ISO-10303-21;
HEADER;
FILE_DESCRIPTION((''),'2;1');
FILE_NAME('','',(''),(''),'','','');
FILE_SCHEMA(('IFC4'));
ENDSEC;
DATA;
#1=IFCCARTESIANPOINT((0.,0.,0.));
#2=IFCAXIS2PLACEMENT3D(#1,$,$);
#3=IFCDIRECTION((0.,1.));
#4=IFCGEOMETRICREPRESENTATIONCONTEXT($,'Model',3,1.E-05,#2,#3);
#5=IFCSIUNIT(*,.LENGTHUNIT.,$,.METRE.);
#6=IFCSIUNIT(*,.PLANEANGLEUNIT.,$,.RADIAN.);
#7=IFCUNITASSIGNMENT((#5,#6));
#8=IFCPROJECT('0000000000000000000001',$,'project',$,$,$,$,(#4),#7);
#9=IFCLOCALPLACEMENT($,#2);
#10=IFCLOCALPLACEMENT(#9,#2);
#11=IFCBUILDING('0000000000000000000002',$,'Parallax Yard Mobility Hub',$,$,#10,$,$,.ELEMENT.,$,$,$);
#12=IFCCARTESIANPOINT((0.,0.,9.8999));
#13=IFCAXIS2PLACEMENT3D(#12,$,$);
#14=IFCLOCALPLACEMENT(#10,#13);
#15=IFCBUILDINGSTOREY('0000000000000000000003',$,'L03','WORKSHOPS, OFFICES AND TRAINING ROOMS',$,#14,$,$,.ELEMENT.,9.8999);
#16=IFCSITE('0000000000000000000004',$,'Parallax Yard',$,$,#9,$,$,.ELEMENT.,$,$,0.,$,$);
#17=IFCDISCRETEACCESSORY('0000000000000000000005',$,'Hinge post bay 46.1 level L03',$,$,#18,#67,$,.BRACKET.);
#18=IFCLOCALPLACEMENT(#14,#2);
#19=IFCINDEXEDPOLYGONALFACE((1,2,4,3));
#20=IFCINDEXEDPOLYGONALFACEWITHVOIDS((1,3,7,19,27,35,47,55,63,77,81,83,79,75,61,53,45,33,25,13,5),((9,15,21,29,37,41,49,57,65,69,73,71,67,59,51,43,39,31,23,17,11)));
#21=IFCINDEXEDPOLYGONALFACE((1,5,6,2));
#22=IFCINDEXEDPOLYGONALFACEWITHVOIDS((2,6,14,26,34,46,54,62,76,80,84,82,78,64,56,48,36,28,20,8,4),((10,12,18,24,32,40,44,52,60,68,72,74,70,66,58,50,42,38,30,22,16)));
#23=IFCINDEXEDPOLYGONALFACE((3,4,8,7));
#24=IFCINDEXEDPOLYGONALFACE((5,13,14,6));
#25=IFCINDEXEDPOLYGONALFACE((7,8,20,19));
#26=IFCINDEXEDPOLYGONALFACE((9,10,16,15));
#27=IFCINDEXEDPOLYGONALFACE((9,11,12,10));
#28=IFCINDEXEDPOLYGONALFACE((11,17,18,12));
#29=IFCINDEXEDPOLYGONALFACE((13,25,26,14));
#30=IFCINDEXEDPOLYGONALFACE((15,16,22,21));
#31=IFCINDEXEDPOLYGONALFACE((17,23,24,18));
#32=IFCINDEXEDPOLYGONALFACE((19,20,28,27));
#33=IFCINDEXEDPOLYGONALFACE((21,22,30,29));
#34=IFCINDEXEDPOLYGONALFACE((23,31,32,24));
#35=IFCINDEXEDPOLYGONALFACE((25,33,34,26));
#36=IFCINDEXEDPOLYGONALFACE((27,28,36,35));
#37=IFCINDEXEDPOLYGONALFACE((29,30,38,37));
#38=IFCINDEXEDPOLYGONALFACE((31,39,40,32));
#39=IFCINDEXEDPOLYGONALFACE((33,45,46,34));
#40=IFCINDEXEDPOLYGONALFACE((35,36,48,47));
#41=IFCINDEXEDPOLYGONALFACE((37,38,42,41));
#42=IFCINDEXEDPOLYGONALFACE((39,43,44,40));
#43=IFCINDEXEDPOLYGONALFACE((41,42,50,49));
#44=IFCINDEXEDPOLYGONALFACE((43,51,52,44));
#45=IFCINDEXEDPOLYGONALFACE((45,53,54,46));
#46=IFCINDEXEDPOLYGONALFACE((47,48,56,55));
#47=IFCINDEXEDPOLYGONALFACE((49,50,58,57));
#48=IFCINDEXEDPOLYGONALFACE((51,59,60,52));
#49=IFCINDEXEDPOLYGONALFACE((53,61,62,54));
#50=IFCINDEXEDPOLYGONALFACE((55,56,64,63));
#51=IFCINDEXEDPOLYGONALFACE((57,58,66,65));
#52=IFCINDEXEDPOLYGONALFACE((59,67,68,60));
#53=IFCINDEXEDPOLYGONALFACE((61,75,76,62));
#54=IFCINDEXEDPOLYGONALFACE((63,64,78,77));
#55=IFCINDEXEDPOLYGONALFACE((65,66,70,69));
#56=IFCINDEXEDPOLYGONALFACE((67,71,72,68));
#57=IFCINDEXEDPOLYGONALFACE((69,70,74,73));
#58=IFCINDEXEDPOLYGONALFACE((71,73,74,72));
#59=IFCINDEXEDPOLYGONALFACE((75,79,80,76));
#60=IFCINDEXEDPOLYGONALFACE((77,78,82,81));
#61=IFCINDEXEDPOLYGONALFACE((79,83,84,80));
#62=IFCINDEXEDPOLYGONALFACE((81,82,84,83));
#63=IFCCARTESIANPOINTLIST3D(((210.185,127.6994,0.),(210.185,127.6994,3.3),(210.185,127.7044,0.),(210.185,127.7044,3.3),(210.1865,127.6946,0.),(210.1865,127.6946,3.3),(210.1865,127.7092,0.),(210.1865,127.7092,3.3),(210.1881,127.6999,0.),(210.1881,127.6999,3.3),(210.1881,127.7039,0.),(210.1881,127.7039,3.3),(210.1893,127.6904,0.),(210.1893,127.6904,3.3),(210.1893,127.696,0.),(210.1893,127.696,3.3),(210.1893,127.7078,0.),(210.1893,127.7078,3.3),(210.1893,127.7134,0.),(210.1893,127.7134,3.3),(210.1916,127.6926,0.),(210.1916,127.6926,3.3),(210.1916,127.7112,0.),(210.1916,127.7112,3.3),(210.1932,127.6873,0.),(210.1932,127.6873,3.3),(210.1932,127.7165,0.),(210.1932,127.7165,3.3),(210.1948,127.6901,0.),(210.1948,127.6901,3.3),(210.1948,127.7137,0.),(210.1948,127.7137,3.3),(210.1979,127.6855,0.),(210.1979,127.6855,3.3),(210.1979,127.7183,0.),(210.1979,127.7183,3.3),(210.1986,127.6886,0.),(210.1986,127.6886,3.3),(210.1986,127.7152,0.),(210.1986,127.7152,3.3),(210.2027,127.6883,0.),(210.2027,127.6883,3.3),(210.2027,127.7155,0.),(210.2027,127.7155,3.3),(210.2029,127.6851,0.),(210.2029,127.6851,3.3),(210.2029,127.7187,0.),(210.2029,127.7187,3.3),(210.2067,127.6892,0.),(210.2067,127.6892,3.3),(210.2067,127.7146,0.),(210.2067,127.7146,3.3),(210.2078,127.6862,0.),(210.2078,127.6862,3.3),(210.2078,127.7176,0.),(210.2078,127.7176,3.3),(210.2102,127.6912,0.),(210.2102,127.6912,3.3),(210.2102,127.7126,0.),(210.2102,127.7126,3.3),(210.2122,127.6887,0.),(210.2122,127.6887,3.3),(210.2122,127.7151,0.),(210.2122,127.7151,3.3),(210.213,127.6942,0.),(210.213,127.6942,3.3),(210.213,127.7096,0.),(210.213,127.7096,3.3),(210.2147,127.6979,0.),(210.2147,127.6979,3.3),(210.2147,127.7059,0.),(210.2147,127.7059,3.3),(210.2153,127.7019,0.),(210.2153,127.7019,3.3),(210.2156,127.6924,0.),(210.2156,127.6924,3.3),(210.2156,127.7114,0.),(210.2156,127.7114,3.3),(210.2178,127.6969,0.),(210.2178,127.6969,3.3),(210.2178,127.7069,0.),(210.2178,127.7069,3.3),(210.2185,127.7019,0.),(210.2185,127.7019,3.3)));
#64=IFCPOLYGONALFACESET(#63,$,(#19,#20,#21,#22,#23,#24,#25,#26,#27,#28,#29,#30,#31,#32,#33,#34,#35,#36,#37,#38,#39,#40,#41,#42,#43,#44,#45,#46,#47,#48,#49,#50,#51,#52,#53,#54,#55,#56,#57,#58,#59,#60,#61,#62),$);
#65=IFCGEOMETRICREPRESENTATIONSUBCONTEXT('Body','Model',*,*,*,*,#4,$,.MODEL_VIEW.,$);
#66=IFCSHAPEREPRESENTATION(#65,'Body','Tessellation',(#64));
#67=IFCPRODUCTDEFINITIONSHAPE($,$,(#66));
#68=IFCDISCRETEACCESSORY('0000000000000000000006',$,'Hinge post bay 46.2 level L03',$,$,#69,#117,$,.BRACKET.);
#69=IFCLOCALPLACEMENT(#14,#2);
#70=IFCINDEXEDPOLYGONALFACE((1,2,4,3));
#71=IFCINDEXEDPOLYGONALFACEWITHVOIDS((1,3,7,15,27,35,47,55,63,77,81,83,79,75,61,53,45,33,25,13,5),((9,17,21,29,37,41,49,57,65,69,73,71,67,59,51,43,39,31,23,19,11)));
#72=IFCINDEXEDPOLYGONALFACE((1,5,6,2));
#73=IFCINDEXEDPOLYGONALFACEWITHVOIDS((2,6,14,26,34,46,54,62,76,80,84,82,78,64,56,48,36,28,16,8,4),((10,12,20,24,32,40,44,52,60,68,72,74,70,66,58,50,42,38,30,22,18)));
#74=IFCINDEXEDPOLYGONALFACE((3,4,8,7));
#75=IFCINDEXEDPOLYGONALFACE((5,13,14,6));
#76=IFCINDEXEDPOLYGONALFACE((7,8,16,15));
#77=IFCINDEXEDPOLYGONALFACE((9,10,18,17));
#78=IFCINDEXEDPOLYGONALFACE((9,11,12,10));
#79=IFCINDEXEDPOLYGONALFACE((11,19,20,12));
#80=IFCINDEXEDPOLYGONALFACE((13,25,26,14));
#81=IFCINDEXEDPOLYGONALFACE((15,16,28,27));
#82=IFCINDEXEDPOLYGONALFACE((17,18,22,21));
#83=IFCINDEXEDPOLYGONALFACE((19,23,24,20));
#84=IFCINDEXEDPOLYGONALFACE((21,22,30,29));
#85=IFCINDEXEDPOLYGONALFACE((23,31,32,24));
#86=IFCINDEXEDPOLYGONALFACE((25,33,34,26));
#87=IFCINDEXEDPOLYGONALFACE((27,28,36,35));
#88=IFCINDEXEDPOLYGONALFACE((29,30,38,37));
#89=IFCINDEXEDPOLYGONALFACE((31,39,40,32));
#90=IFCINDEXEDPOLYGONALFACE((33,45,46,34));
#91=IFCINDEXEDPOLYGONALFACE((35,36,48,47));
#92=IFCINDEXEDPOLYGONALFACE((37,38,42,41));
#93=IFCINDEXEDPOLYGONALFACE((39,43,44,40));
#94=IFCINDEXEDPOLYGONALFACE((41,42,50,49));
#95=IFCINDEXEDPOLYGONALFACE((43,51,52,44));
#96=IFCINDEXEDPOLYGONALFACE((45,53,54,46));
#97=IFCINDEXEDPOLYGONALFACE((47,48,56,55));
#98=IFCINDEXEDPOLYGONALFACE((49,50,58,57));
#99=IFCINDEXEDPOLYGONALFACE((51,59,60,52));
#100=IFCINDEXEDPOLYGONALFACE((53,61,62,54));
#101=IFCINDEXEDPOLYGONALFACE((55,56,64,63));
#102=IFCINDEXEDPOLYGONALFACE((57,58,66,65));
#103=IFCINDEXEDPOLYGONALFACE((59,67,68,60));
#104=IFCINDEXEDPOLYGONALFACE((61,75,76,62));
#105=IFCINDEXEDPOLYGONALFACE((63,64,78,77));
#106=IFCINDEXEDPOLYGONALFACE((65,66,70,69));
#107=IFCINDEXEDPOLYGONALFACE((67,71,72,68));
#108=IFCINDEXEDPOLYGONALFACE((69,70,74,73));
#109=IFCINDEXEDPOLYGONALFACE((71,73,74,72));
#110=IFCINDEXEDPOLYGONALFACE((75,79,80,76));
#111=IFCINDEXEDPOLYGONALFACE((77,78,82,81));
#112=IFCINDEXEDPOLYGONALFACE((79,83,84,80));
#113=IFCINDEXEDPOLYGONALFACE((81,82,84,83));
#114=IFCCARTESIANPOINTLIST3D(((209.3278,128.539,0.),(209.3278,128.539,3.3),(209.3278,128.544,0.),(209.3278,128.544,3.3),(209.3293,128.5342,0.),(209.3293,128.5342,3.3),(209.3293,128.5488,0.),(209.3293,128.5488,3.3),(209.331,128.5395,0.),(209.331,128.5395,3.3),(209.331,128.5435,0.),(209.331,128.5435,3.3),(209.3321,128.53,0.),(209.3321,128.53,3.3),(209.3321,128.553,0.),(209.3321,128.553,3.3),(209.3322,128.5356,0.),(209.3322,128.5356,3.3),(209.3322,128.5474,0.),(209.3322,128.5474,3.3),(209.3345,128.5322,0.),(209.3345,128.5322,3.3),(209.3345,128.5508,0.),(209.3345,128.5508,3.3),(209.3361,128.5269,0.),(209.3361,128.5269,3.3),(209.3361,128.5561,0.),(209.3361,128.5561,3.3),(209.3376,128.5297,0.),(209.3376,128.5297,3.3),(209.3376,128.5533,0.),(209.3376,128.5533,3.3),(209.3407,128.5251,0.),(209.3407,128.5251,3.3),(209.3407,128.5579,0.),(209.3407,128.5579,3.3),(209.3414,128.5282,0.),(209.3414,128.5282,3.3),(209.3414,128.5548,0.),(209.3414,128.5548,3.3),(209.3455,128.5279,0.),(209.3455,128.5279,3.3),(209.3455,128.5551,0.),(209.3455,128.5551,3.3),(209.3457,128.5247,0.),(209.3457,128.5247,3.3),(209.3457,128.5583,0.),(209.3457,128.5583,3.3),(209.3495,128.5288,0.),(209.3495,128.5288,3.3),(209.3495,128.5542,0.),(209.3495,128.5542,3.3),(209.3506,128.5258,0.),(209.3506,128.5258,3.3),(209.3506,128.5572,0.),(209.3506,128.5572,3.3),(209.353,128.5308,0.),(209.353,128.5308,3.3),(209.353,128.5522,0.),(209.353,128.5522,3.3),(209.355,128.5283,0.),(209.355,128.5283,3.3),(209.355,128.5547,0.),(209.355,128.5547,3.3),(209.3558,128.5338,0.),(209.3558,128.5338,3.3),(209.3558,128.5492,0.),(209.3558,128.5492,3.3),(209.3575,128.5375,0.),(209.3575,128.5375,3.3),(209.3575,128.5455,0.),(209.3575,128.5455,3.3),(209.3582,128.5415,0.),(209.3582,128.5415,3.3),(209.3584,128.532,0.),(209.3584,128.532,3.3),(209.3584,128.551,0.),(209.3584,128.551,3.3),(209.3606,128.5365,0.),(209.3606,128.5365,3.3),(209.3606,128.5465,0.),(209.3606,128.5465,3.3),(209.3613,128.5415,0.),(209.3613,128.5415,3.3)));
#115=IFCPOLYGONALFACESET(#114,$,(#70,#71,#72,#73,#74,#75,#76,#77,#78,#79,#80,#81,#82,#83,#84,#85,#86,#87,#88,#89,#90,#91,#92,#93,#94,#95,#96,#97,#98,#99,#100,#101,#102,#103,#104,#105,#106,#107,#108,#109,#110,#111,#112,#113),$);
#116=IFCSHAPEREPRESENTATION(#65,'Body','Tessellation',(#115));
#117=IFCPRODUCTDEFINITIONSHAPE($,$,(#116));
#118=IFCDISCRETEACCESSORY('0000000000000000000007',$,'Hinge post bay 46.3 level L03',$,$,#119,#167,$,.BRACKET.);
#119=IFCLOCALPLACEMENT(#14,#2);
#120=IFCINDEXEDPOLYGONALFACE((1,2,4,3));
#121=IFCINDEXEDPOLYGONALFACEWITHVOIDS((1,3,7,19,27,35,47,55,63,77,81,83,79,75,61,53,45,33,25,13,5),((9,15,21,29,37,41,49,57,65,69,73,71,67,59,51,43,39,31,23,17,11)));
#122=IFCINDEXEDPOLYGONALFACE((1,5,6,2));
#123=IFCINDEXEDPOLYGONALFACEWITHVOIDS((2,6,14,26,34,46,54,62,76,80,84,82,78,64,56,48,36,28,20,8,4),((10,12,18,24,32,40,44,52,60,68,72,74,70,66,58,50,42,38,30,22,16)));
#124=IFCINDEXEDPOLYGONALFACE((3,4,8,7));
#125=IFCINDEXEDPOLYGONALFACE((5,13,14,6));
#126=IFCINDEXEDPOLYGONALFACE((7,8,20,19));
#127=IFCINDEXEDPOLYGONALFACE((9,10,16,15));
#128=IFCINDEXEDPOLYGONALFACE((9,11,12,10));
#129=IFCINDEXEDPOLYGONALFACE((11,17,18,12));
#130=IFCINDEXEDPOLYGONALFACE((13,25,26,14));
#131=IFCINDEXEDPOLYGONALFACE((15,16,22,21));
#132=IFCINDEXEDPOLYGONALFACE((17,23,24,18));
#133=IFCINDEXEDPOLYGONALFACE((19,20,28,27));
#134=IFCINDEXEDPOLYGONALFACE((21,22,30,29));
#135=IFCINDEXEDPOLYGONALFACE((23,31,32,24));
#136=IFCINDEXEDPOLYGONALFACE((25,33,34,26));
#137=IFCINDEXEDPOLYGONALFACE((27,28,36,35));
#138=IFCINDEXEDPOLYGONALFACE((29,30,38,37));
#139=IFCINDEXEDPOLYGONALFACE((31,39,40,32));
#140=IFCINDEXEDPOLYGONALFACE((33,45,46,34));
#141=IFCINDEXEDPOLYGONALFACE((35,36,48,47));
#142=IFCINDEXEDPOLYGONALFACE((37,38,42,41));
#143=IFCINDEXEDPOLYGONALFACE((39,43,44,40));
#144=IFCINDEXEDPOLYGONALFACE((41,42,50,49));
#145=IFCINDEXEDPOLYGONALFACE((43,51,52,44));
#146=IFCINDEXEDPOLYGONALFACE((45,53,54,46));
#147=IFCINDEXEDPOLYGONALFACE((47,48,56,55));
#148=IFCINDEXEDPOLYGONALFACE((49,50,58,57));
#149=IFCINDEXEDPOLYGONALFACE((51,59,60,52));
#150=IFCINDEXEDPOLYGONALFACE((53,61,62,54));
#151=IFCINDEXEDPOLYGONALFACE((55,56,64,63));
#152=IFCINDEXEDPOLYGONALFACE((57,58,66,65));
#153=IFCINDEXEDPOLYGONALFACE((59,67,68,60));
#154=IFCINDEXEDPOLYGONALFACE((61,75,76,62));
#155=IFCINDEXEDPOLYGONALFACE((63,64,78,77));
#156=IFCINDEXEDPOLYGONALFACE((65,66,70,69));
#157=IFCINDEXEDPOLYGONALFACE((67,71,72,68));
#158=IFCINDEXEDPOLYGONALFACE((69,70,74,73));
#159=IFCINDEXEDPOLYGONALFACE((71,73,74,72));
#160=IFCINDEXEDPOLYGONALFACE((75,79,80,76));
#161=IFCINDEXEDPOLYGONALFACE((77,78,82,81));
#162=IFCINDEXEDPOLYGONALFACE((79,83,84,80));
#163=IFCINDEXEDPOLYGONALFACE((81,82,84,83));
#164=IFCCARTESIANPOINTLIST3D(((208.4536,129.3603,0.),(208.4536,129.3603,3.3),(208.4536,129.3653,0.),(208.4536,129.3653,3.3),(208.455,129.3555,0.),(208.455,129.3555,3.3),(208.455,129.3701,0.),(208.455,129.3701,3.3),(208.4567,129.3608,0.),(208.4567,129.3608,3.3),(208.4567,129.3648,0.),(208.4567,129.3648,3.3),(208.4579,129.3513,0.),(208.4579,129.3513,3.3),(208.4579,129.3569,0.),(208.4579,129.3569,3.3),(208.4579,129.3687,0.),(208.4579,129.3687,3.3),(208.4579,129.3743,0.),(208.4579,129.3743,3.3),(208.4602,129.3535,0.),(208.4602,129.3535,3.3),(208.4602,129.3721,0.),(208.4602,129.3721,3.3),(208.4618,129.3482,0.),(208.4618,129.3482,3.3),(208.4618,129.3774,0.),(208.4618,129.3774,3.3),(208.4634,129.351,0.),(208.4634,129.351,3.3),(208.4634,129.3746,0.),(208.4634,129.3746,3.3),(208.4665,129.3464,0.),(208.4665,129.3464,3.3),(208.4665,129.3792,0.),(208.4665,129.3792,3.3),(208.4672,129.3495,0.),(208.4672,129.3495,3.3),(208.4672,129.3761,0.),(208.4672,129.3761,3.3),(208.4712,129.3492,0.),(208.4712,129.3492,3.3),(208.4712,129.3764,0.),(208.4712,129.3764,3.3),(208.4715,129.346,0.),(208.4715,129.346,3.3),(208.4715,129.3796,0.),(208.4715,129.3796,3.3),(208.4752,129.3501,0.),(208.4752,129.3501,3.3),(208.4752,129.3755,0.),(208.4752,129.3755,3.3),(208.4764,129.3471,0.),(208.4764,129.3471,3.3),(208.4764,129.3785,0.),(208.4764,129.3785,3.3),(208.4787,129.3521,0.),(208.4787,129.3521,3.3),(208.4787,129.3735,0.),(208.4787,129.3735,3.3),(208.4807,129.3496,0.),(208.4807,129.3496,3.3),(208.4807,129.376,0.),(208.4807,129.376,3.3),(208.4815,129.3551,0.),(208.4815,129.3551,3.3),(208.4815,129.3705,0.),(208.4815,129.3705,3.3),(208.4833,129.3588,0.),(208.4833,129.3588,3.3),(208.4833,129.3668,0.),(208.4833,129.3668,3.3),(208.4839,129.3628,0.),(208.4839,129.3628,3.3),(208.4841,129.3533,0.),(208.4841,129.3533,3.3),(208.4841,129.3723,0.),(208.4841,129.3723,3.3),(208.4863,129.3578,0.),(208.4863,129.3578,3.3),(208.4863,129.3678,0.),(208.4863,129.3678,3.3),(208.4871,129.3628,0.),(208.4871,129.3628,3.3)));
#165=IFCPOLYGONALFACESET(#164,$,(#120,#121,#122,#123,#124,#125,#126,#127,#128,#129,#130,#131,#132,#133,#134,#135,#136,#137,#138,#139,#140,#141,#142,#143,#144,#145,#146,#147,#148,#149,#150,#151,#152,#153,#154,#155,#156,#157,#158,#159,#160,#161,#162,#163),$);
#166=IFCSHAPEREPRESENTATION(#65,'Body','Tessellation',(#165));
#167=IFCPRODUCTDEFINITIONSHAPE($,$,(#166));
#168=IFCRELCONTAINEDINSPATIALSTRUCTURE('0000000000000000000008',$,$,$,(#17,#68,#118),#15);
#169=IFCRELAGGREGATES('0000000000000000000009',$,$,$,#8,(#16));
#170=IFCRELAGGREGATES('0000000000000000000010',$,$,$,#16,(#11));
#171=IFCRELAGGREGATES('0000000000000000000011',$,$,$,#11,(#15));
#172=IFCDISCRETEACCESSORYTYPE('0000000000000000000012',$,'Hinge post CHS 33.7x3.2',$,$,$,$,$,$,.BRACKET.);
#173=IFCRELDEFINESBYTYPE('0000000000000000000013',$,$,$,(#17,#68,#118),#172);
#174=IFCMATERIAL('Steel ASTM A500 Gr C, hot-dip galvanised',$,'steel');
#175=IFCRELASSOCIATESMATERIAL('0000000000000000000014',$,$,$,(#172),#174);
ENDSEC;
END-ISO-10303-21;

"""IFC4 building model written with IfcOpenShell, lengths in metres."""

from ifc_helpers import new_model, si_unit, direction, frame, origin, origin_2d, place, context, subcontext, project, spatial, hollow_circle, extrude, material, material_profile, profile_set, type_object, element, save


model = new_model("IFC4")

# Units and contexts
model_context = context("Model", 3, precision=1e-05, world=origin(), true_north=direction((0.0, 1.0)))
body_context = subcontext(model_context, "Body", "Model", "MODEL_VIEW")
ifc_project = project(units=[si_unit("LENGTHUNIT", "METRE"), si_unit("PLANEANGLEUNIT", "RADIAN")], contexts=[model_context])

# Site, building, storey
site_placement = place(None, origin())
site = spatial("IfcSite", under=ifc_project, at=site_placement, Name="Parallax Yard", CompositionType="ELEMENT", RefElevation=0.0)
building_placement = place(site_placement, origin())
building = spatial("IfcBuilding", under=site, at=building_placement, Name="Parallax Yard Mobility Hub", CompositionType="ELEMENT")
storey_placement = place(building_placement, frame((0.0, 0.0, 9.8999)))
storey = spatial("IfcBuildingStorey", under=building, at=storey_placement, Name="L03", Description="WORKSHOPS, OFFICES AND TRAINING ROOMS", CompositionType="ELEMENT", Elevation=9.8999)

# Discrete accessories
ifc_material_1 = material(Name="Steel ASTM A500 Gr C, hot-dip galvanised", Category="steel")
ifc_material_profile_1 = material_profile(ifc_material_1, hollow_circle(Radius=0.0168, WallThickness=0.0032, at=origin_2d()), Name="CHS 33.7x3.2")
ifc_profile_set_1 = profile_set([ifc_material_profile_1], Name="Steel ASTM A500 Gr C, hot-dip galvanised")
discrete_accessory_type_1 = type_object("IfcDiscreteAccessoryType", Name="Hinge post CHS 33.7x3.2", PredefinedType="BRACKET", material=ifc_profile_set_1)
for number, where, z_axis, x_axis, name in (
    (1, (210.2017, 127.7019, 0.0), (0.0, 0.0, 1.0), (1.0, 0.0, 0.0), "Hinge post bay 46.1 level L03"),
    (2, (209.3445, 128.5415, 0.0), (0.0, 0.0, 1.0), (1.0, 0.0, 0.0), "Hinge post bay 46.2 level L03"),
    (3, (208.4702, 129.3628, 0.0), (0.0, 0.0, 1.0), (1.0, 0.0, 0.0), "Hinge post bay 46.3 level L03"),
):
    element("IfcDiscreteAccessory", number, at=place(storey_placement, frame(where, z_axis=z_axis, x_axis=x_axis)), inside=storey, type_object=discrete_accessory_type_1, Name=name, PredefinedType="BRACKET", context=body_context, shape_type="SweptSolid", body=[
        extrude(hollow_circle(Radius=0.0168, WallThickness=0.0032, at=origin_2d()), origin(), (0.0, 0.0, 1.0), 3.3),
    ])

save(model, "model.ifc")
